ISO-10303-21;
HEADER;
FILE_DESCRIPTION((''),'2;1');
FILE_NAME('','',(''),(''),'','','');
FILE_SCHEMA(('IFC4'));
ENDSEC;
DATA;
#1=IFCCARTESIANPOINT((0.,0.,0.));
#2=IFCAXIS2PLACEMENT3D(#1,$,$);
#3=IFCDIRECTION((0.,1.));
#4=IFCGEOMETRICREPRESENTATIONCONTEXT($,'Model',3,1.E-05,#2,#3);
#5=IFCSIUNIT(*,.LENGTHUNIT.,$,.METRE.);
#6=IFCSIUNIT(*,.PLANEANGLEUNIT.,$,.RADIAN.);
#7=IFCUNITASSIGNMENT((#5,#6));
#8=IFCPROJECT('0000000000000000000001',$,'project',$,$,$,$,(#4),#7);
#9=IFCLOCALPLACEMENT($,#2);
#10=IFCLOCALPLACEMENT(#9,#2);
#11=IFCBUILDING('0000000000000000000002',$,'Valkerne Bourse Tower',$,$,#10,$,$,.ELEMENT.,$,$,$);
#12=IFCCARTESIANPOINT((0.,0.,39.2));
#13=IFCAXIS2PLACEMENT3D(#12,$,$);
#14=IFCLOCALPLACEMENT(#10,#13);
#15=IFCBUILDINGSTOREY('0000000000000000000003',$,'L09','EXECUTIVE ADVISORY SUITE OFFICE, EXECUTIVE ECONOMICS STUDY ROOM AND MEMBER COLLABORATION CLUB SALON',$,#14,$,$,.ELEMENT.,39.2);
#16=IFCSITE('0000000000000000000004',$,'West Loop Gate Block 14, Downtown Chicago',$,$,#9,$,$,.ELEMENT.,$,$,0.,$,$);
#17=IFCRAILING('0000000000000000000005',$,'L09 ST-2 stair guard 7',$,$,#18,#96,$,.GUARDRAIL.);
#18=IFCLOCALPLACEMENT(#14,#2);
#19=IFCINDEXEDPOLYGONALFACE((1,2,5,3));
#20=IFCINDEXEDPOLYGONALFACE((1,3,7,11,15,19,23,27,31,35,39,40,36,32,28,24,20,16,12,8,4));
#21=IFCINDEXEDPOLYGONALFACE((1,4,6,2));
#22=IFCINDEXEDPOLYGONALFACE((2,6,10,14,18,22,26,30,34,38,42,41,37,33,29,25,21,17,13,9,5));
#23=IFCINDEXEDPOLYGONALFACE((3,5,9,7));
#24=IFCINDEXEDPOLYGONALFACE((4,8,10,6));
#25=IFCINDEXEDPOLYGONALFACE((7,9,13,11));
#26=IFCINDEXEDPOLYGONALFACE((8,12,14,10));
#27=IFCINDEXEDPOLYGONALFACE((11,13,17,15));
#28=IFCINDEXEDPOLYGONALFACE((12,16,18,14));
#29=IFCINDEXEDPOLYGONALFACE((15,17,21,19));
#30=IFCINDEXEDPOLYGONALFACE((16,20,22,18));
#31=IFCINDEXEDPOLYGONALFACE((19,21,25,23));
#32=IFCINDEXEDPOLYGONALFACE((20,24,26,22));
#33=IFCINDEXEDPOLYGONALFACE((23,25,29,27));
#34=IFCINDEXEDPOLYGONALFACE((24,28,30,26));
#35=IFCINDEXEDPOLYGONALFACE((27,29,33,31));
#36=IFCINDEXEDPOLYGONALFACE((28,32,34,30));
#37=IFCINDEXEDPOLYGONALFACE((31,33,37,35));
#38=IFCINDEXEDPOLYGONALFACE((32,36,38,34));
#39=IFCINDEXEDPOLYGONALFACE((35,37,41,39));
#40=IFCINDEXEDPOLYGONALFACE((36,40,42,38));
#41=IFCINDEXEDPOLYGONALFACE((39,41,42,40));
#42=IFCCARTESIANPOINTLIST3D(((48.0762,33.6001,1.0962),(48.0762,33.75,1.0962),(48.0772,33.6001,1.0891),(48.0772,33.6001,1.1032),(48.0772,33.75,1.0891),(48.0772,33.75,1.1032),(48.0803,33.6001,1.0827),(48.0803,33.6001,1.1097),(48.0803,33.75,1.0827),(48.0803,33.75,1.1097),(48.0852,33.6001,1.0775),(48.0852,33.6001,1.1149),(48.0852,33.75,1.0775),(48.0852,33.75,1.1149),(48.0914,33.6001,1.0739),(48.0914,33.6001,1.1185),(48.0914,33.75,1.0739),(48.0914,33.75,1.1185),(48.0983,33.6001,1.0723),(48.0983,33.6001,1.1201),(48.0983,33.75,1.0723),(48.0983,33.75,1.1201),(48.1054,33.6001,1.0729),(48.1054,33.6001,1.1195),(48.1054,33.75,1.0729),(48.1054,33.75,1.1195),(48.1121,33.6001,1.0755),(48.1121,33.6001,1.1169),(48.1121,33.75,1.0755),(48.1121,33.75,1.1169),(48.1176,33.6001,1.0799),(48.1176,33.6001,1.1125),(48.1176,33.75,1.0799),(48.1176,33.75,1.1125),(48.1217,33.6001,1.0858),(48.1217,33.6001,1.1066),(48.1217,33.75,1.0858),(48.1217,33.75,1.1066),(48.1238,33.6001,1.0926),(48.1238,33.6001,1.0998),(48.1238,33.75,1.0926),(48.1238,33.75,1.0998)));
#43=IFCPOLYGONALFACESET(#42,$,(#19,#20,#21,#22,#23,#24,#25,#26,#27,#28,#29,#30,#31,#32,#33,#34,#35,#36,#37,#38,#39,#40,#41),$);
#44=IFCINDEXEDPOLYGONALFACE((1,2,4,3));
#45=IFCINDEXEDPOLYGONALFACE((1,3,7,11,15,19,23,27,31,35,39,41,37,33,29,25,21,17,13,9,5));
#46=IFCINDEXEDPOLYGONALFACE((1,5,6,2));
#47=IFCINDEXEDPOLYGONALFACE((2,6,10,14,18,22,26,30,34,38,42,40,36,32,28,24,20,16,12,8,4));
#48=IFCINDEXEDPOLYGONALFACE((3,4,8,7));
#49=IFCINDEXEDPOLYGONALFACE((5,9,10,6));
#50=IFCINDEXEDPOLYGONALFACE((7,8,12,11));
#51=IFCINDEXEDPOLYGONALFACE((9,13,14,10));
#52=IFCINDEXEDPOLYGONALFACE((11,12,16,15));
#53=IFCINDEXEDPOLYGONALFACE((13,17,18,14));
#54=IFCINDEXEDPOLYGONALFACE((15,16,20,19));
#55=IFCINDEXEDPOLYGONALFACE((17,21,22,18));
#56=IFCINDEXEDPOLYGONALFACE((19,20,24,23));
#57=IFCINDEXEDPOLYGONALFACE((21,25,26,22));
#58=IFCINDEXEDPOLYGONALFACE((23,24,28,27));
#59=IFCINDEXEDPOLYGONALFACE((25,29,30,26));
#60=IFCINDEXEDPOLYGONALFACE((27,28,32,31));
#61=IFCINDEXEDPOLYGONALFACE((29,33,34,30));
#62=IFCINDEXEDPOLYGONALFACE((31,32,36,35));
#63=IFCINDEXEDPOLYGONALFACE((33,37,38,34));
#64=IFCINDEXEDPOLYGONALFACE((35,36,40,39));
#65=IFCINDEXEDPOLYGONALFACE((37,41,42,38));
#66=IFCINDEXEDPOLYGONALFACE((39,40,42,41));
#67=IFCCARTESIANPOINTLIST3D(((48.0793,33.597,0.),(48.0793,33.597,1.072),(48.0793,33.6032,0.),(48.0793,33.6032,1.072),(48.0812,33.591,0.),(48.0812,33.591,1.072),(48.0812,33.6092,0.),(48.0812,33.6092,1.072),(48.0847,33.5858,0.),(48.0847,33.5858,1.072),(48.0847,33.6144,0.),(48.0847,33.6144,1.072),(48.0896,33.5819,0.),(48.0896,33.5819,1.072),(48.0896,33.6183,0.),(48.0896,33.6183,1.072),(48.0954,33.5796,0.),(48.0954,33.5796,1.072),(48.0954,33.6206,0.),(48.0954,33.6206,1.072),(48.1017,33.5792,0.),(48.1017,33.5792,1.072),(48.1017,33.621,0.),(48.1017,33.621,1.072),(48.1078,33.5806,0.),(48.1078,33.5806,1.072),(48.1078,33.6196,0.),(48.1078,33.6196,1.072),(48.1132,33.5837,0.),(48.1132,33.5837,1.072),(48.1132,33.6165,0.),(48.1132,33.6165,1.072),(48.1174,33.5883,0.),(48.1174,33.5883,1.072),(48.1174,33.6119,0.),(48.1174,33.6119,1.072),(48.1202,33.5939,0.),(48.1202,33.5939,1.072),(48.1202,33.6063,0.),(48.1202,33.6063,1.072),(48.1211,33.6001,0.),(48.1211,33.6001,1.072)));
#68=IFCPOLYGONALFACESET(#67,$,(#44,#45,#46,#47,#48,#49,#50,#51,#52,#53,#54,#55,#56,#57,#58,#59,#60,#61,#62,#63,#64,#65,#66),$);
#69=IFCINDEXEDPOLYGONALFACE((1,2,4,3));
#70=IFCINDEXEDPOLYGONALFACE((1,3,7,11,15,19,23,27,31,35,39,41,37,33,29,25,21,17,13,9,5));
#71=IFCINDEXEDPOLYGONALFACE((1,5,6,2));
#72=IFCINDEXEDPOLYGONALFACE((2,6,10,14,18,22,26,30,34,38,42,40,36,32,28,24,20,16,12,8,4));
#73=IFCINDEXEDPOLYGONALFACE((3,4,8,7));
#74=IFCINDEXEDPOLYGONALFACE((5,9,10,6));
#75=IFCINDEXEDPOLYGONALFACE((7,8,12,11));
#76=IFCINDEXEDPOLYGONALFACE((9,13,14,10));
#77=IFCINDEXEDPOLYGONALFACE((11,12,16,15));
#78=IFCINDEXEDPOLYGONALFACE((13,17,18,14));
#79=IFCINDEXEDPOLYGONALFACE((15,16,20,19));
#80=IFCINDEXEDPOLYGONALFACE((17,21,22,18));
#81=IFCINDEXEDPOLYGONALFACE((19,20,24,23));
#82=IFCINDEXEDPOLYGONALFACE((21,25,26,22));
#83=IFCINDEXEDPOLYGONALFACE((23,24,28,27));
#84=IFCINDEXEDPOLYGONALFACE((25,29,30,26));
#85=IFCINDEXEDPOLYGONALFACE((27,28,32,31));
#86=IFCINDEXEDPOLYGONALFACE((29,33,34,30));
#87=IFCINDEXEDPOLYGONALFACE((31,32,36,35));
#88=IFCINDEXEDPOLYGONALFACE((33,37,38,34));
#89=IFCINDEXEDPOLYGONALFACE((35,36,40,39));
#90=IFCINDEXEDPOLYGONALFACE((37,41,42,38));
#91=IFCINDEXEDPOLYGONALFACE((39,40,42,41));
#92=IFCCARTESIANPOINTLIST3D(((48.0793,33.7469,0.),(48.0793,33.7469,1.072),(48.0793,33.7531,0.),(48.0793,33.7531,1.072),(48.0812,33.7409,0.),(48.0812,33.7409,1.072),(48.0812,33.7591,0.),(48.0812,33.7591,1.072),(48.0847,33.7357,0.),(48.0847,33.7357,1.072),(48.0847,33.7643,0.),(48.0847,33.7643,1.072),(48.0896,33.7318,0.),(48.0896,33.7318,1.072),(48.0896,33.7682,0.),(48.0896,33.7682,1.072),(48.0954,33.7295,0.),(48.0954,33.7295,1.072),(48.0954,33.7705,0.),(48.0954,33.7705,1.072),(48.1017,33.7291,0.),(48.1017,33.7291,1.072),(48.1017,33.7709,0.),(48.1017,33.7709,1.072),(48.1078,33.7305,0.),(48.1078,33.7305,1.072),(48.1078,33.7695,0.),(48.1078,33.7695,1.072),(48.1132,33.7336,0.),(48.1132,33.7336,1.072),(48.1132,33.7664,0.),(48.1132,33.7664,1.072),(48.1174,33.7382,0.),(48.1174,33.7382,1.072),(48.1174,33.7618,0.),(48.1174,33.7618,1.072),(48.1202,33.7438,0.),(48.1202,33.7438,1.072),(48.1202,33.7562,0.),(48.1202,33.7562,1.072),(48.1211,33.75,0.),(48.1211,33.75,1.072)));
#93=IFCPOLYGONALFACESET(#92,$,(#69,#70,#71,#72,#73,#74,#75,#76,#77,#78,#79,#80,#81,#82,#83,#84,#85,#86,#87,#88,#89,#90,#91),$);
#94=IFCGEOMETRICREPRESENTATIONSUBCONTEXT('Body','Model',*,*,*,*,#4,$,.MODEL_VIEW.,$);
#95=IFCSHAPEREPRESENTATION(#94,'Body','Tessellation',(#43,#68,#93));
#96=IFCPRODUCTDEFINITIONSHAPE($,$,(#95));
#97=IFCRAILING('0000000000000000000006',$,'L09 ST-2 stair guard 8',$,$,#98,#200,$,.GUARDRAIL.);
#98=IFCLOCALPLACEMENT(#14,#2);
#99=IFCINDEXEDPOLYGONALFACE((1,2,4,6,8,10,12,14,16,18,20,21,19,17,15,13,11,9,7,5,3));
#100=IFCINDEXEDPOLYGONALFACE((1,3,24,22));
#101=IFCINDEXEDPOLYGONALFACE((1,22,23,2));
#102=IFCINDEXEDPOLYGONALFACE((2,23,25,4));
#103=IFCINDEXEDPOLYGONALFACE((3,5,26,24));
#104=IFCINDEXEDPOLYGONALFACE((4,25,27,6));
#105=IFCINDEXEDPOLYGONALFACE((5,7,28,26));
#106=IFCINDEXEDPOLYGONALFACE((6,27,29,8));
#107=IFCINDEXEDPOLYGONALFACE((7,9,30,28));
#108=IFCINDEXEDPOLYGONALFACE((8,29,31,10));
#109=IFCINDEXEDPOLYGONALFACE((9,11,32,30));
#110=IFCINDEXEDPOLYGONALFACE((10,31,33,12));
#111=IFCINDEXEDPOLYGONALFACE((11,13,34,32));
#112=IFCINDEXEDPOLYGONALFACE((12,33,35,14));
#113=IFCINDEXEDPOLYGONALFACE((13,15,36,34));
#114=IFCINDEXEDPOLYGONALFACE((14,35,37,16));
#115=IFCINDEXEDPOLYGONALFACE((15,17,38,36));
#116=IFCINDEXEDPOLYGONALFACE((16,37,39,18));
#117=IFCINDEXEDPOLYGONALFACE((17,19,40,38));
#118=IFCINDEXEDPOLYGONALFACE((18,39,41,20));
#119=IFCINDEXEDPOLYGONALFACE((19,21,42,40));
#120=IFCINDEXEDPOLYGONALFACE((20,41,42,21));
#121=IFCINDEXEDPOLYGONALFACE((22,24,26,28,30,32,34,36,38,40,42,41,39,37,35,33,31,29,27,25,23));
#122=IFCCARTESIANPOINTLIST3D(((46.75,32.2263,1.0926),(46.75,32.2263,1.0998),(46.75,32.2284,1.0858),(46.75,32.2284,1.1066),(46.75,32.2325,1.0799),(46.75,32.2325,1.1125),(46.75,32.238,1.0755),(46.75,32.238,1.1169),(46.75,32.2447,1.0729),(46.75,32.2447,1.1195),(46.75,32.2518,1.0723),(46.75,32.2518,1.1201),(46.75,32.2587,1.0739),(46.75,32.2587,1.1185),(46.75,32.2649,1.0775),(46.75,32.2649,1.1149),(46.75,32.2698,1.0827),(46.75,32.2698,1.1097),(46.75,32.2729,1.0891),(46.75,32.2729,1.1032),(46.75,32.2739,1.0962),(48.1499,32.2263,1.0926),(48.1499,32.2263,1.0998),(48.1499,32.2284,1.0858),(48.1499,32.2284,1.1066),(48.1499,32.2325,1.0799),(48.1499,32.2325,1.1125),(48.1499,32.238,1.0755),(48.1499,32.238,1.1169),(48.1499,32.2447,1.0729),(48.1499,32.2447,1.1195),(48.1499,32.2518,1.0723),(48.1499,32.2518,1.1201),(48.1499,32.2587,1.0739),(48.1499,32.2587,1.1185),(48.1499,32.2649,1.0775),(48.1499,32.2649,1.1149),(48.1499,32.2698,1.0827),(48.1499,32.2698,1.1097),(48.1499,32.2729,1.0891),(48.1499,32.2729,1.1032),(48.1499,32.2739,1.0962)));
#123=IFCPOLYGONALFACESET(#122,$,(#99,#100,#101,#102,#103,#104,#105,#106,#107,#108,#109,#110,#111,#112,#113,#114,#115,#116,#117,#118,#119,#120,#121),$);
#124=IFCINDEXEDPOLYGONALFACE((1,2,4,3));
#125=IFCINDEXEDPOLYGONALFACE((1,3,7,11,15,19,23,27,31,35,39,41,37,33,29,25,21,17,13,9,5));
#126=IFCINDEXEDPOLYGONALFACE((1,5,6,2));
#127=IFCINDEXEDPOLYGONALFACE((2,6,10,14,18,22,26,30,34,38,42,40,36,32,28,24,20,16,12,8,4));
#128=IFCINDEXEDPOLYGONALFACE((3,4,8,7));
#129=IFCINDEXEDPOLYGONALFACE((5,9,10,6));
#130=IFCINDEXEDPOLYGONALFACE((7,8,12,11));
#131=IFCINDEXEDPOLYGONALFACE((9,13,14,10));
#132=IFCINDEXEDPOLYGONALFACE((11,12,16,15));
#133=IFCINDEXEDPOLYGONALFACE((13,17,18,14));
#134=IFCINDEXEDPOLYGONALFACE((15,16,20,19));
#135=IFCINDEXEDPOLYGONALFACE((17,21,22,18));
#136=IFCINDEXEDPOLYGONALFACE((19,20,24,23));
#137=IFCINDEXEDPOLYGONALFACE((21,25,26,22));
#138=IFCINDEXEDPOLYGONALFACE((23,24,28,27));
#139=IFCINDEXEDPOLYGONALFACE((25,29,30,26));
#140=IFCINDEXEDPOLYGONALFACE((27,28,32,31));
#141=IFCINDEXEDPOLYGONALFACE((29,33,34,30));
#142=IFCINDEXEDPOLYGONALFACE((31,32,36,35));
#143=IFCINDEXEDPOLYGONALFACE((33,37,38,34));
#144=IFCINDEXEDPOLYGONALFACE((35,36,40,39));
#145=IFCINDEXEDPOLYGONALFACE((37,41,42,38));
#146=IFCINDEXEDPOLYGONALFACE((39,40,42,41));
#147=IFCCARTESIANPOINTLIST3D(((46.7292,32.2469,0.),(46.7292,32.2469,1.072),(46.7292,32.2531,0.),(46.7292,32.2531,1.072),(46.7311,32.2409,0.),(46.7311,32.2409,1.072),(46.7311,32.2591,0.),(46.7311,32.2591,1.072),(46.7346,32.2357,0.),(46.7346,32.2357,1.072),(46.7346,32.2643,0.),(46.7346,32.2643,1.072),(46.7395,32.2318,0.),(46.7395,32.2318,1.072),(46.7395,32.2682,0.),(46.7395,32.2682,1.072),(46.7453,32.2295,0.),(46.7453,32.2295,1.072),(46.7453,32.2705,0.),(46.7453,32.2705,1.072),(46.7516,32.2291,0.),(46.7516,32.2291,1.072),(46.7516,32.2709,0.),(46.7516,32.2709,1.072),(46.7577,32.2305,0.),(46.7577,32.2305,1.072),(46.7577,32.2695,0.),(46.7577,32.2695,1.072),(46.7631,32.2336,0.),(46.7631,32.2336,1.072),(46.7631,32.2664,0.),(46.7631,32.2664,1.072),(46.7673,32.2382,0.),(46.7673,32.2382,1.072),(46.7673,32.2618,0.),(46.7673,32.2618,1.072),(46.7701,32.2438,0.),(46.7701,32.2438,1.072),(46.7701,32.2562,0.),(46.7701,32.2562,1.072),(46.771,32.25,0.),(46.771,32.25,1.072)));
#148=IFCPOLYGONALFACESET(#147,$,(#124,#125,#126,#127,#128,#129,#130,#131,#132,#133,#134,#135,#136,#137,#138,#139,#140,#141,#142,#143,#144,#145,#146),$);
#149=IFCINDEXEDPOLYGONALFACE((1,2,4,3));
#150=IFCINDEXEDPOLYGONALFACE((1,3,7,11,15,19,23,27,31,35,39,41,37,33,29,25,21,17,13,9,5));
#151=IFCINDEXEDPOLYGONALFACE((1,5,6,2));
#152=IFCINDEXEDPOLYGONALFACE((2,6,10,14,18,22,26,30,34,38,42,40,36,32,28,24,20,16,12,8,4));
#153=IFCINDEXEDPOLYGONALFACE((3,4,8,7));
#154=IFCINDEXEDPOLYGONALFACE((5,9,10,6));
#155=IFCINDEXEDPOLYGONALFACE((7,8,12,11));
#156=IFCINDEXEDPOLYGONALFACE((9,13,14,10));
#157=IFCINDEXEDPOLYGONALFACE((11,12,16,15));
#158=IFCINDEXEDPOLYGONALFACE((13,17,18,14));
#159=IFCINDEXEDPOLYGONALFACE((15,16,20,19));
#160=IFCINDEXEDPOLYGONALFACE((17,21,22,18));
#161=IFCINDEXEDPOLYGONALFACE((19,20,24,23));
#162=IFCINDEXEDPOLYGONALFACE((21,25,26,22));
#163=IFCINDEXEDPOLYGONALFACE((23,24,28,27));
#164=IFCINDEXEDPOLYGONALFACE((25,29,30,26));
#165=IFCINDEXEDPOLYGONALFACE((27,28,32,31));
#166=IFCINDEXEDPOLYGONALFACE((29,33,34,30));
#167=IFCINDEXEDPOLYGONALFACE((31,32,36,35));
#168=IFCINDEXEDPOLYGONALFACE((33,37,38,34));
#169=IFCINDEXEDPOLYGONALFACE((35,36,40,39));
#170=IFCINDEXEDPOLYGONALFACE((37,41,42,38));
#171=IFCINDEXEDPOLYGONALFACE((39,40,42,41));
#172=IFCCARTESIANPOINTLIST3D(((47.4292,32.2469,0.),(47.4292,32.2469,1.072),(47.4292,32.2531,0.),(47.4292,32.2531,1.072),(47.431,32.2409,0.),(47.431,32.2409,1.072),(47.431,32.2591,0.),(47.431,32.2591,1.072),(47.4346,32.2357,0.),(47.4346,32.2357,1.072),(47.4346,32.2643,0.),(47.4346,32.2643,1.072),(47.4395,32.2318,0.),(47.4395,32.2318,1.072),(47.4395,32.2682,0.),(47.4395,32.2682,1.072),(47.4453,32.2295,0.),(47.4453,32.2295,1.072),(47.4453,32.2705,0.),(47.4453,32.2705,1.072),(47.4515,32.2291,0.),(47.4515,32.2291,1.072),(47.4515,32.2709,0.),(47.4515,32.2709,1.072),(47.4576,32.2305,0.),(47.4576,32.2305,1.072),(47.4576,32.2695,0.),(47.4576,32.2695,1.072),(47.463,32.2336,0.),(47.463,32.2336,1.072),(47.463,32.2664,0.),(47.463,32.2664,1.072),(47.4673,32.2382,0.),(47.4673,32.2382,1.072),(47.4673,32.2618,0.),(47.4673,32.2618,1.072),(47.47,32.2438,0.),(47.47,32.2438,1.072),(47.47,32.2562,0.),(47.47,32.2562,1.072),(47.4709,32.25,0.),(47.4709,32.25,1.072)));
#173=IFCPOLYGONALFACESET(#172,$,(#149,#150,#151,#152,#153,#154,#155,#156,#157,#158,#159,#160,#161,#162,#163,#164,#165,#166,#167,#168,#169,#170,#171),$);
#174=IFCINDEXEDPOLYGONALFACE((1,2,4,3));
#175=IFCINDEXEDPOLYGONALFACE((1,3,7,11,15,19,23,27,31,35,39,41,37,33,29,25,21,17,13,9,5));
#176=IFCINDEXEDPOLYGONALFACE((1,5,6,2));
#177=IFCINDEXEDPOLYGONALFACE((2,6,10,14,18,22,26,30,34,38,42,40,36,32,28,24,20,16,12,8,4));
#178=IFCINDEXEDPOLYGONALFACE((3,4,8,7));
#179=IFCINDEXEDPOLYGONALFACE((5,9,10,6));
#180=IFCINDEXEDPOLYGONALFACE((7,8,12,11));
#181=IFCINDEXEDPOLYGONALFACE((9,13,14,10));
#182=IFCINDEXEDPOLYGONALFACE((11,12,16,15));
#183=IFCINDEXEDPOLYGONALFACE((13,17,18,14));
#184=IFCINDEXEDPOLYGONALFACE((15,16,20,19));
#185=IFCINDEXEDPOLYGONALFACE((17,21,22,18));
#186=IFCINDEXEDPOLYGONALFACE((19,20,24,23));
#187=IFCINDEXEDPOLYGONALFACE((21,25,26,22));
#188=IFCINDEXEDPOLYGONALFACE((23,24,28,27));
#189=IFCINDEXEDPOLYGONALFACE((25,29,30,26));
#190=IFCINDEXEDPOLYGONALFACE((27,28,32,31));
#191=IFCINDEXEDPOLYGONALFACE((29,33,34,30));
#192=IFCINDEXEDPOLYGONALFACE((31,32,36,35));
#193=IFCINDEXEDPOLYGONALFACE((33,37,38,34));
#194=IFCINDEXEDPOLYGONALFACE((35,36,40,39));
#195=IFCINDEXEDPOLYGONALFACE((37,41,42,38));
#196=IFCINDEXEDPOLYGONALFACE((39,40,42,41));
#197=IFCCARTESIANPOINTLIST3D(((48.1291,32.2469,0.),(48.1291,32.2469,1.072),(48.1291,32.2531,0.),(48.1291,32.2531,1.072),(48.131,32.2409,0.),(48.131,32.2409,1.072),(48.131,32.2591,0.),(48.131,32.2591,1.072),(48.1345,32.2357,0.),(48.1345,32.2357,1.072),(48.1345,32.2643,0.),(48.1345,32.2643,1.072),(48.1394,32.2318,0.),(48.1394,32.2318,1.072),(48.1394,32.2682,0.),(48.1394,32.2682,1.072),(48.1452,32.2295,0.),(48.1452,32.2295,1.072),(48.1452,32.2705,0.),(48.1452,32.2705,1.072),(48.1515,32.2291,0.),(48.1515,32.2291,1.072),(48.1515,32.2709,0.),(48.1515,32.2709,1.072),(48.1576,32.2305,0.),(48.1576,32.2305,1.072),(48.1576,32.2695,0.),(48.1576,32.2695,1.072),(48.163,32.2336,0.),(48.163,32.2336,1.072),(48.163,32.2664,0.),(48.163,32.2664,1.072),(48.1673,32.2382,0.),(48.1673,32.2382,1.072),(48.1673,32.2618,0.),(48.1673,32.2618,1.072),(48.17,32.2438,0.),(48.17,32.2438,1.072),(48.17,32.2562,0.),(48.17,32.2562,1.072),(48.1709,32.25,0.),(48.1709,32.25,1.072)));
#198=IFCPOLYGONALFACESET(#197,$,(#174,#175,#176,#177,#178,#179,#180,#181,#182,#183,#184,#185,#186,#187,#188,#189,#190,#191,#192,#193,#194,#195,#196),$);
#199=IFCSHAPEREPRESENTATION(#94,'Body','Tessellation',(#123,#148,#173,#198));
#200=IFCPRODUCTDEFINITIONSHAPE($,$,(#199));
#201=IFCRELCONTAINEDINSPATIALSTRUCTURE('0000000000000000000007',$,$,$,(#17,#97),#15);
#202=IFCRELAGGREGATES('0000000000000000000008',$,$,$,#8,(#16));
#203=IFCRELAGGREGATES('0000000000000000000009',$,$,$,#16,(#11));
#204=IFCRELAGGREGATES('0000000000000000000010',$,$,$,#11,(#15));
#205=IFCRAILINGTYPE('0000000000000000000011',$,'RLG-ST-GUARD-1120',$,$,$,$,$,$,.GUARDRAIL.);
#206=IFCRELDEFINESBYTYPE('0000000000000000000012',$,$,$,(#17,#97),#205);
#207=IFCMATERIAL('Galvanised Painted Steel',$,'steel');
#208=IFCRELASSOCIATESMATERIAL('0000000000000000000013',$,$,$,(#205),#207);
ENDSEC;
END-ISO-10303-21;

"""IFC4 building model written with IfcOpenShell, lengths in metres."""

from ifc_helpers import new_model, si_unit, direction, frame, origin, origin_2d, place, context, subcontext, project, spatial, circle, extrude, material, type_object, element, save


model = new_model("IFC4")

# Units and contexts
model_context = context("Model", 3, precision=1e-05, world=origin(), true_north=direction((0.0, 1.0)))
body_context = subcontext(model_context, "Body", "Model", "MODEL_VIEW")
ifc_project = project(units=[si_unit("LENGTHUNIT", "METRE"), si_unit("PLANEANGLEUNIT", "RADIAN")], contexts=[model_context])

# Site, building, storey
site_placement = place(None, origin())
site = spatial("IfcSite", under=ifc_project, at=site_placement, Name="West Loop Gate Block 14, Downtown Chicago", CompositionType="ELEMENT", RefElevation=0.0)
building_placement = place(site_placement, origin())
building = spatial("IfcBuilding", under=site, at=building_placement, Name="Valkerne Bourse Tower", CompositionType="ELEMENT")
storey_placement = place(building_placement, frame((0.0, 0.0, 39.2)))
storey = spatial("IfcBuildingStorey", under=building, at=storey_placement, Name="L09", Description="EXECUTIVE ADVISORY SUITE OFFICE, EXECUTIVE ECONOMICS STUDY ROOM AND MEMBER COLLABORATION CLUB SALON", CompositionType="ELEMENT", Elevation=39.2)

# Shared definitions
ifc_material_1 = material(Name="Galvanised Painted Steel", Category="steel")

# Railings
railing_type_1 = type_object("IfcRailingType", Name="RLG-ST-GUARD-1120", PredefinedType="GUARDRAIL", material=ifc_material_1)
railing_1_placement = place(storey_placement, frame((48.1001, 33.6001, 0.0)))
element("IfcRailing", 1, at=railing_1_placement, inside=storey, type_object=railing_type_1, Name="L09 ST-2 stair guard 7", PredefinedType="GUARDRAIL", context=body_context, shape_type="SweptSolid", body=[
    extrude(circle(Radius=0.0239, at=origin_2d()), frame((0.0, 0.0, 1.0962), z_axis=(0.0, 1.0, 0.0), x_axis=(-1.0, 0.0, 0.0)), (0.0, 0.0, 1.0), 0.1499),
    extrude(circle(Radius=0.021, at=origin_2d()), origin(), (0.0, 0.0, 1.0), 1.072),
    extrude(circle(Radius=0.021, at=origin_2d()), frame((0.0, 0.1499, 0.0)), (0.0, 0.0, 1.0), 1.072),
])
for number, where, name in (
    (2, (46.75, 32.25, 0.0), "L09 ST-2 stair guard 8"),
):
    element("IfcRailing", number, at=place(storey_placement, frame(where)), inside=storey, type_object=railing_type_1, Name=name, PredefinedType="GUARDRAIL", context=body_context, shape_type="SweptSolid", body=[
        extrude(circle(Radius=0.0239, at=origin_2d()), frame((0.0, 0.0, 1.0962), z_axis=(1.0, 0.0, 0.0), x_axis=(0.0, 1.0, 0.0)), (0.0, 0.0, 1.0), 1.3999),
        extrude(circle(Radius=0.021, at=origin_2d()), origin(), (0.0, 0.0, 1.0), 1.072),
        extrude(circle(Radius=0.021, at=origin_2d()), frame((0.7, 0.0, 0.0)), (0.0, 0.0, 1.0), 1.072),
        extrude(circle(Radius=0.021, at=origin_2d()), frame((1.3999, 0.0, 0.0)), (0.0, 0.0, 1.0), 1.072),
    ])

save(model, "model.ifc")
